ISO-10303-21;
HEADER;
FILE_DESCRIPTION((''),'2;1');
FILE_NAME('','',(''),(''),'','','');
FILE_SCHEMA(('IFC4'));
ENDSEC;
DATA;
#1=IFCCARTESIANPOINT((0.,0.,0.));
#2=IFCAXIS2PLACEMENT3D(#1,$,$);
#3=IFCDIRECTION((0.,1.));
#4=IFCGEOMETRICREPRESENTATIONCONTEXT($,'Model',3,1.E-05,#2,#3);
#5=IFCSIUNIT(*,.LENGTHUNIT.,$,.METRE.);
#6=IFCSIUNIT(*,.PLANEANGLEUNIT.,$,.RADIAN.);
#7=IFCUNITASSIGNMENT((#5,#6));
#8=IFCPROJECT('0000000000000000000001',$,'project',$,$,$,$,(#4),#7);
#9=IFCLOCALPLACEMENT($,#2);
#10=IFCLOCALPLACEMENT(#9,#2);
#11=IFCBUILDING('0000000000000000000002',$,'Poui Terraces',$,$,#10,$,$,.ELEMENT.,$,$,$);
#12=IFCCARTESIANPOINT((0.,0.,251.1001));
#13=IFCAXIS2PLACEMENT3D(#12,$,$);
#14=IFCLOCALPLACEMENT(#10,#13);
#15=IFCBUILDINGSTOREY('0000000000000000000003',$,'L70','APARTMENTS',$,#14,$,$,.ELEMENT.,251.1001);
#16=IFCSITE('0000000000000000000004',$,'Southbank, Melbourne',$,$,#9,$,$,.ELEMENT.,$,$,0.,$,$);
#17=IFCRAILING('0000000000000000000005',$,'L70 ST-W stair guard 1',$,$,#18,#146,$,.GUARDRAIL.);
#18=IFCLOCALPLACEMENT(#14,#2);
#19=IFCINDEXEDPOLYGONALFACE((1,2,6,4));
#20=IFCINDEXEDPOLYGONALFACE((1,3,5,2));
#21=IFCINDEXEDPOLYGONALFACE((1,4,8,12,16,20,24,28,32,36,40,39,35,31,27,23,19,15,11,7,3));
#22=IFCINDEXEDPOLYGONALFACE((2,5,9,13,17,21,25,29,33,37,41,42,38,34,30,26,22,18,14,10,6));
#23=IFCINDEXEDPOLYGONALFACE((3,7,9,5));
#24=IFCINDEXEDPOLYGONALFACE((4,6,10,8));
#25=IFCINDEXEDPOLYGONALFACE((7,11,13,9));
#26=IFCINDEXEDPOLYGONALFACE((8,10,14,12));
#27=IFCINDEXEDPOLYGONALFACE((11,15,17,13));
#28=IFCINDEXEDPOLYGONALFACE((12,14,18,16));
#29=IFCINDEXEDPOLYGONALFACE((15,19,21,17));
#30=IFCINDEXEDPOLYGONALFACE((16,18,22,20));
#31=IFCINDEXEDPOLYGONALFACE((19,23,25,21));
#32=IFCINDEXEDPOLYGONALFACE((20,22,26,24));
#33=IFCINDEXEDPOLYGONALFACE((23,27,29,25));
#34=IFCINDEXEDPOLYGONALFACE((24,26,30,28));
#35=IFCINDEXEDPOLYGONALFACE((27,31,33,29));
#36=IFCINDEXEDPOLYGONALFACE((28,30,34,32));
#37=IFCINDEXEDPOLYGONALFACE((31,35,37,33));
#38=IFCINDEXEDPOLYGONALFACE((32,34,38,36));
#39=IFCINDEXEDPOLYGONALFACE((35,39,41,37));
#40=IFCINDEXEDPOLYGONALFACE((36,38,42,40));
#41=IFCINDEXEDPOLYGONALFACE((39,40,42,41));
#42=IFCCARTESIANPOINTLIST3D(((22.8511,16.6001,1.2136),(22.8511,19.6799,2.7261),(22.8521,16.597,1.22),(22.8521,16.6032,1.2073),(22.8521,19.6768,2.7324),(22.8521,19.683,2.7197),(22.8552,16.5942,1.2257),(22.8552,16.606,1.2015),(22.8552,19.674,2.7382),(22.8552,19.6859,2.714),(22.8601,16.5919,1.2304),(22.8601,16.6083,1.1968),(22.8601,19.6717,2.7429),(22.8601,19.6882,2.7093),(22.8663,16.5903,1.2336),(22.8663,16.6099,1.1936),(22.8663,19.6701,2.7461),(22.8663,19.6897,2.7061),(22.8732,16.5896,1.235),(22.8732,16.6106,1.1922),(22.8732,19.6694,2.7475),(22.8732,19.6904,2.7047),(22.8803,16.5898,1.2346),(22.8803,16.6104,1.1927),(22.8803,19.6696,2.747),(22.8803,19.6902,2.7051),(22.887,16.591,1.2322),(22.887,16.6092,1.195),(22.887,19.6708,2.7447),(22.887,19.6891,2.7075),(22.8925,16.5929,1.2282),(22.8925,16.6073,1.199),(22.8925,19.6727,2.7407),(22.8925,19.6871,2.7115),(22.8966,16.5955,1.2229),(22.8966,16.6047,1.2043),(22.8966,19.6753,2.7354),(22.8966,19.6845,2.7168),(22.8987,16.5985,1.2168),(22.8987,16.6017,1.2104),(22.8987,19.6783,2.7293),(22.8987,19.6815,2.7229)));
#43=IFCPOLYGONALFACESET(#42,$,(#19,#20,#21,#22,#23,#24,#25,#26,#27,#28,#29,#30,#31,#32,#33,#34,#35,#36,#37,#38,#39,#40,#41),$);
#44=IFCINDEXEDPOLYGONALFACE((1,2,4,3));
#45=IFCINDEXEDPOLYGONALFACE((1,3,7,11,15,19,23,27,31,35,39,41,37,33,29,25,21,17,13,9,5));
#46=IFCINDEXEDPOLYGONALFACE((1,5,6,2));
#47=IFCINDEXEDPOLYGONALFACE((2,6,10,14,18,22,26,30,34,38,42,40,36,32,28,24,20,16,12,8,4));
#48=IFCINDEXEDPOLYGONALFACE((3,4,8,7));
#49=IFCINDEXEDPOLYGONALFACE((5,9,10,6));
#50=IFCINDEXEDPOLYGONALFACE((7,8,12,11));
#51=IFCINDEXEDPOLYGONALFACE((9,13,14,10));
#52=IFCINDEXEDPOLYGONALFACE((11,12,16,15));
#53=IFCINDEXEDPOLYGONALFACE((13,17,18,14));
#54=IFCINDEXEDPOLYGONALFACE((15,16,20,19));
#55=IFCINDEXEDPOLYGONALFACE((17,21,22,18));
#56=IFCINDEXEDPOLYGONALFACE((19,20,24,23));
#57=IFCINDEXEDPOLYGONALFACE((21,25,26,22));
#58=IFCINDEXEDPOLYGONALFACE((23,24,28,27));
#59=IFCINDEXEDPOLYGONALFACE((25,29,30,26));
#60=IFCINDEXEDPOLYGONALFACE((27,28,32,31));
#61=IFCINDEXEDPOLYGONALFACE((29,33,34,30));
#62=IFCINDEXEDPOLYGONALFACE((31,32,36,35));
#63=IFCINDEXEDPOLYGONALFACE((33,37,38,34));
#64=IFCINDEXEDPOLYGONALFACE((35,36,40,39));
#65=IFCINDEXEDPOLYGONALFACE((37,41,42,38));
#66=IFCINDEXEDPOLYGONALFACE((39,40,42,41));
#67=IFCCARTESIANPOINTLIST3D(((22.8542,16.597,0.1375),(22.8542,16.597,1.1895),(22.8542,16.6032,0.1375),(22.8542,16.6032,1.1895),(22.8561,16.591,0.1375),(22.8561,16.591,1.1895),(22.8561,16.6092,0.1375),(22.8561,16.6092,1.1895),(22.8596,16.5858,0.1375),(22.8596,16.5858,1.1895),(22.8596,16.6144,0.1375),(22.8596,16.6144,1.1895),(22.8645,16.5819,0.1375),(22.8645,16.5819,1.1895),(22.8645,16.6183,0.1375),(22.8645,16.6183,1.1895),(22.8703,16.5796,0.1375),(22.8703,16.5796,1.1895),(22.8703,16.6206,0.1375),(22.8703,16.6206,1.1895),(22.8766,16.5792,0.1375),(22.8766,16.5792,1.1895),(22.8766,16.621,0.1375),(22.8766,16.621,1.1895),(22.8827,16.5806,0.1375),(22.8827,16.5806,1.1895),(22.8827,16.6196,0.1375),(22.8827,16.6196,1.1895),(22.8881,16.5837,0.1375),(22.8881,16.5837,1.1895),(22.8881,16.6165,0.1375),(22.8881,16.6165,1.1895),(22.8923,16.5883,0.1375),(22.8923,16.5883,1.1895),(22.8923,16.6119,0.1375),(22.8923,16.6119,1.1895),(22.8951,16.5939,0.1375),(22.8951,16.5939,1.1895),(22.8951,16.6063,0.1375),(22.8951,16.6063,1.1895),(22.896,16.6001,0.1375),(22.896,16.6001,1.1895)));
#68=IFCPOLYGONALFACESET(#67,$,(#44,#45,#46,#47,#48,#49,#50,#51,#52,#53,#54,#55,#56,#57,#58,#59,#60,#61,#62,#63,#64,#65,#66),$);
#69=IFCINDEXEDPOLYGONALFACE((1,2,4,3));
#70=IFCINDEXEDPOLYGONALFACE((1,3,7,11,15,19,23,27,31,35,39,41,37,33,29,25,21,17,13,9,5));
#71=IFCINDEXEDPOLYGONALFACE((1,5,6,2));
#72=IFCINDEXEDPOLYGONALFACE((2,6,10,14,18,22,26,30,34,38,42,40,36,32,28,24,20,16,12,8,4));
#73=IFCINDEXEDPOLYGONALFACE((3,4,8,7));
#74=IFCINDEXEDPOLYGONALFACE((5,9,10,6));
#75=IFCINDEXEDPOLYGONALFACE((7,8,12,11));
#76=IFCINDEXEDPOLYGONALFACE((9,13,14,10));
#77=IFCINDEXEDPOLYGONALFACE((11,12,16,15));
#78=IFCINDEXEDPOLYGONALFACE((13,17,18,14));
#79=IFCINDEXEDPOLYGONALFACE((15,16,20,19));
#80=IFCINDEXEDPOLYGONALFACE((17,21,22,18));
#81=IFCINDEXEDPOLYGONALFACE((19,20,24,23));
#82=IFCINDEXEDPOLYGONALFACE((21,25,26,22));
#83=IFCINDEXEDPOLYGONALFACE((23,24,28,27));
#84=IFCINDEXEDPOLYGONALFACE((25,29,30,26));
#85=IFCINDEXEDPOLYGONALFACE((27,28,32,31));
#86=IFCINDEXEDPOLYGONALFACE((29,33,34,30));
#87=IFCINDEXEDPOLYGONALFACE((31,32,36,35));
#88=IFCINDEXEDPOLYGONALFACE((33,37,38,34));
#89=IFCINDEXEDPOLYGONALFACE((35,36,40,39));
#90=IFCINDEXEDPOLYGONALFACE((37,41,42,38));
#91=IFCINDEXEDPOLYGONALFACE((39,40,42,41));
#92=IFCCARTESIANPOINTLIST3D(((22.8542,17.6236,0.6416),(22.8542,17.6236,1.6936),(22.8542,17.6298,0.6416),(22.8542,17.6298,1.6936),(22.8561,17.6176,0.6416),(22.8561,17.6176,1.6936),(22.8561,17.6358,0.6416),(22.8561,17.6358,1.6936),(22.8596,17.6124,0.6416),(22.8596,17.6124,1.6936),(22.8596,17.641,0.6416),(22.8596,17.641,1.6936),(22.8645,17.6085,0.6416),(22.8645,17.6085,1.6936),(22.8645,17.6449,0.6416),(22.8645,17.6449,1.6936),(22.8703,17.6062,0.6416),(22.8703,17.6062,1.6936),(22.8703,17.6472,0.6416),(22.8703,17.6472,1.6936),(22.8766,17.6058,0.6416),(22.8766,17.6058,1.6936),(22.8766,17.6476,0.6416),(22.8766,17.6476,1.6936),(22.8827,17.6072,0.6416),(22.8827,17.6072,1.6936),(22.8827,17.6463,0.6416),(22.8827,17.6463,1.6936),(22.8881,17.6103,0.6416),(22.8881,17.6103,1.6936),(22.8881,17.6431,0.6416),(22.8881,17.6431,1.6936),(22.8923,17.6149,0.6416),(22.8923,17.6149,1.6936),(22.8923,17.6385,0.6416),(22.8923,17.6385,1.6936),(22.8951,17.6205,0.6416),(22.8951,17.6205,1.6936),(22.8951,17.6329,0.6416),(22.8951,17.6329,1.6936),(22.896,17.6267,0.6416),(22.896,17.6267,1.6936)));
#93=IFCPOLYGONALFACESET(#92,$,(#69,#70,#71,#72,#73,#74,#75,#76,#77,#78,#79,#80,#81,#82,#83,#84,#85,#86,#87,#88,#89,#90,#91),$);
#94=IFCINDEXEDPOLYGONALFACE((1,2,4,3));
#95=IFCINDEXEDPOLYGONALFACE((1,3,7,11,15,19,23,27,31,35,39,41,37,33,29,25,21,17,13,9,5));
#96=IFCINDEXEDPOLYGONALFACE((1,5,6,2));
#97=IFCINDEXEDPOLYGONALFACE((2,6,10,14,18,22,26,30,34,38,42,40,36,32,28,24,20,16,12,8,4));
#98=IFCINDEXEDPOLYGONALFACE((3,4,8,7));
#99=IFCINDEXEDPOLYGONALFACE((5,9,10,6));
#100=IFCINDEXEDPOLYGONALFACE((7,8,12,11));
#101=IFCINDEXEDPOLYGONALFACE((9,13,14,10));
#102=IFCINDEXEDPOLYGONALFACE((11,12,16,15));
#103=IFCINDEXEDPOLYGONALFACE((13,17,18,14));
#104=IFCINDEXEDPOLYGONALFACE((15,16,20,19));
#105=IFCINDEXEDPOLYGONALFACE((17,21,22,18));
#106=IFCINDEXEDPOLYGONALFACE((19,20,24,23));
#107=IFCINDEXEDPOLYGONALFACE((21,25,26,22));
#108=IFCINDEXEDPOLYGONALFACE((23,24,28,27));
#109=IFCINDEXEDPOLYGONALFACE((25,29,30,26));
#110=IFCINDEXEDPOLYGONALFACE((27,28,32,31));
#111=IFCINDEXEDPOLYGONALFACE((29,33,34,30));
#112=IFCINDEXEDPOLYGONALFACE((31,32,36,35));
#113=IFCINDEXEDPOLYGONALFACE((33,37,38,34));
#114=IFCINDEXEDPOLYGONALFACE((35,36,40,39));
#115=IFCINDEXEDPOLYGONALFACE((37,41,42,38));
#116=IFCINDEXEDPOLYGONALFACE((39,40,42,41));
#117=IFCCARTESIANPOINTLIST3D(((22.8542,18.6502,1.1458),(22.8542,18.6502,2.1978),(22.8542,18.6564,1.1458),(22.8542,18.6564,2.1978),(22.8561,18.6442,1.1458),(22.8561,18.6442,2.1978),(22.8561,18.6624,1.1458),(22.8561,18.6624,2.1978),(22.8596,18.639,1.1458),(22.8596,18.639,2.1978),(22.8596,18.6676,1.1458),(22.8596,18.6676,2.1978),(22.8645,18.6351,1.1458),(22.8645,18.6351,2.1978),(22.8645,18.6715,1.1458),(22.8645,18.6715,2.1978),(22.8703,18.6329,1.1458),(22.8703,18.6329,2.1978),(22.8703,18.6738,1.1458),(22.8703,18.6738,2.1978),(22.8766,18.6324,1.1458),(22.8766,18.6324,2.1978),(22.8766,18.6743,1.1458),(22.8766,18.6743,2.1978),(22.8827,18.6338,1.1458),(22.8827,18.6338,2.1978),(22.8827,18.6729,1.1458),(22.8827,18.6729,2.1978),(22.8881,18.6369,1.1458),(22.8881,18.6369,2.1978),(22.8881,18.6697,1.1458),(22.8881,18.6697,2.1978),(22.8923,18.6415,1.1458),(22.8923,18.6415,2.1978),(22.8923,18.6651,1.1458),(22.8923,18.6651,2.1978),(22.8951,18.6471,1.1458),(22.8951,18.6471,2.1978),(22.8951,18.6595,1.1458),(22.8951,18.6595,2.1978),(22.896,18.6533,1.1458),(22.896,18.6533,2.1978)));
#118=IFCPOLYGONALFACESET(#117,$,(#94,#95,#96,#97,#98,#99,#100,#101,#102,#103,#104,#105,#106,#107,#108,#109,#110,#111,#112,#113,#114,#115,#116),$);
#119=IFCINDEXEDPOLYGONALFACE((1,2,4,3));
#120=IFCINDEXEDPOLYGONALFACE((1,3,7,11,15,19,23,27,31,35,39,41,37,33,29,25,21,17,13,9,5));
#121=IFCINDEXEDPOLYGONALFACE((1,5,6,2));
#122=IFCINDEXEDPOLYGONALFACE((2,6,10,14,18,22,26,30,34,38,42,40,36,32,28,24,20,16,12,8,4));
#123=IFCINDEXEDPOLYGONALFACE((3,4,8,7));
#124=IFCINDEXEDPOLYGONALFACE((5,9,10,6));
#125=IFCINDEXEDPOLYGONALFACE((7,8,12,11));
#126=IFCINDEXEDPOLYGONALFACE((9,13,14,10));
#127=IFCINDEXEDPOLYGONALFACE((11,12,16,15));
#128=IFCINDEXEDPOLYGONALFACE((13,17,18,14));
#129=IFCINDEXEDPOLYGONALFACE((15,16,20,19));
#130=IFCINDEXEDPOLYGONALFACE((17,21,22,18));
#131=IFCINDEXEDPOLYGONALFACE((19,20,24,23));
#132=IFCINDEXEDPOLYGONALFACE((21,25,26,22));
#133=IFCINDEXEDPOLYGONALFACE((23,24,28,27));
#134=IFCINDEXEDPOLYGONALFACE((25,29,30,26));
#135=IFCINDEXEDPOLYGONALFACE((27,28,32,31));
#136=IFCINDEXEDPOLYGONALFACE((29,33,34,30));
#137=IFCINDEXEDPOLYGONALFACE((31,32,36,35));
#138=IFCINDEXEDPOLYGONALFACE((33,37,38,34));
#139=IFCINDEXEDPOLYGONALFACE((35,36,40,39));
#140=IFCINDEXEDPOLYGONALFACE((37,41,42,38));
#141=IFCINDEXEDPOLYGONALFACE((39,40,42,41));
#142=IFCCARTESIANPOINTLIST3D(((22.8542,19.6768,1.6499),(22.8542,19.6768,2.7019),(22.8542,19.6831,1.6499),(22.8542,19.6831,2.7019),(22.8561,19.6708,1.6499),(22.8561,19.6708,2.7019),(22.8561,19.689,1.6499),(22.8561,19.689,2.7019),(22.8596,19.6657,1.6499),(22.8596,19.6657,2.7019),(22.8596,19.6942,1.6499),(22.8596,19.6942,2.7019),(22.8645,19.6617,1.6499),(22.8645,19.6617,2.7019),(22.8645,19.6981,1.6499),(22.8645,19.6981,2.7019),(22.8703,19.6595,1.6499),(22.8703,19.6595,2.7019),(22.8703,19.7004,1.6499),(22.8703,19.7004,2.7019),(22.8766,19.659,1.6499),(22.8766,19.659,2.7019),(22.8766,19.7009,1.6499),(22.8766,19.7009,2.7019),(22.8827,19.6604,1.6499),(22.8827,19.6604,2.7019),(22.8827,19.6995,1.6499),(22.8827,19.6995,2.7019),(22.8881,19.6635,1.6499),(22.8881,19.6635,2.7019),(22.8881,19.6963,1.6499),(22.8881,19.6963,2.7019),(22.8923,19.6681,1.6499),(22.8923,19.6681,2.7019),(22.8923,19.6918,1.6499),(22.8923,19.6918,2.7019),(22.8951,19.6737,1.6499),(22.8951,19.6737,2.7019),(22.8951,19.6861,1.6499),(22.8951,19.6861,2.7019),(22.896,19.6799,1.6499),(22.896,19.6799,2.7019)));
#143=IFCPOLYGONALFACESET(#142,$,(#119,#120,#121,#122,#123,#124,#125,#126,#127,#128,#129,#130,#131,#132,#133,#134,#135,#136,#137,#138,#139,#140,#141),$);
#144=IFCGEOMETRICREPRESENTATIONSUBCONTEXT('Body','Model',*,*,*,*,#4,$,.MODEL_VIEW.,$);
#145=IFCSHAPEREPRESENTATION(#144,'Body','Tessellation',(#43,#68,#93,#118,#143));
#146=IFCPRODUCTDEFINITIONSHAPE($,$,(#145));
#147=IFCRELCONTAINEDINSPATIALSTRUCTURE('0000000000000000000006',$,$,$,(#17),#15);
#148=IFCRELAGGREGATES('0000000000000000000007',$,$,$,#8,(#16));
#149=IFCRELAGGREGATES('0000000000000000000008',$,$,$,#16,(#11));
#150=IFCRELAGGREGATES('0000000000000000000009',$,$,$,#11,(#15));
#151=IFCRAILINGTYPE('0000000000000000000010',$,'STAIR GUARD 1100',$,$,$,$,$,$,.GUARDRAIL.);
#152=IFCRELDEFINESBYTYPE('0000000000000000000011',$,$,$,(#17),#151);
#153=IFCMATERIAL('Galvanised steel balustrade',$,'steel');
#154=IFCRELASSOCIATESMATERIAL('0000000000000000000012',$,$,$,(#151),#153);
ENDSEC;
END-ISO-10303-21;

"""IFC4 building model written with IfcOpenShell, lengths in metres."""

from ifc_helpers import new_model, si_unit, direction, frame, origin, origin_2d, place, context, subcontext, project, spatial, circle, extrude, material, type_object, element, save


model = new_model("IFC4")

# Units and contexts
model_context = context("Model", 3, precision=1e-05, world=origin(), true_north=direction((0.0, 1.0)))
body_context = subcontext(model_context, "Body", "Model", "MODEL_VIEW")
ifc_project = project(units=[si_unit("LENGTHUNIT", "METRE"), si_unit("PLANEANGLEUNIT", "RADIAN")], contexts=[model_context])

# Site, building, storey
site_placement = place(None, origin())
site = spatial("IfcSite", under=ifc_project, at=site_placement, Name="Southbank, Melbourne", CompositionType="ELEMENT", RefElevation=0.0)
building_placement = place(site_placement, origin())
building = spatial("IfcBuilding", under=site, at=building_placement, Name="Poui Terraces", CompositionType="ELEMENT")
storey_placement = place(building_placement, frame((0.0, 0.0, 251.1001)))
storey = spatial("IfcBuildingStorey", under=building, at=storey_placement, Name="L70", Description="APARTMENTS", CompositionType="ELEMENT", Elevation=251.1001)

# Railing
ifc_material_1 = material(Name="Galvanised steel balustrade", Category="steel")
railing_type_1 = type_object("IfcRailingType", Name="STAIR GUARD 1100", PredefinedType="GUARDRAIL", material=ifc_material_1)
railing_1_placement = place(storey_placement, frame((22.875, 16.6001, 0.1375)))
element("IfcRailing", 1, at=railing_1_placement, inside=storey, type_object=railing_type_1, Name="L70 ST-W stair guard 1", PredefinedType="GUARDRAIL", context=body_context, shape_type="SweptSolid", body=[
    extrude(circle(Radius=0.0239, at=origin_2d()), frame((0.0, 0.0, 1.0762), z_axis=(0.0, 0.897606, 0.440798), x_axis=(-1.0, 0.0, 0.0)), (0.0, 0.0, 1.0), 3.4312),
    extrude(circle(Radius=0.021, at=origin_2d()), origin(), (0.0, 0.0, 1.0), 1.052),
    extrude(circle(Radius=0.021, at=origin_2d()), frame((0.0, 1.0266, 0.5042)), (0.0, 0.0, 1.0), 1.052),
    extrude(circle(Radius=0.021, at=origin_2d()), frame((0.0, 2.0532, 1.0083)), (0.0, 0.0, 1.0), 1.052),
    extrude(circle(Radius=0.021, at=origin_2d()), frame((0.0, 3.0798, 1.5125)), (0.0, 0.0, 1.0), 1.052),
])

save(model, "model.ifc")
